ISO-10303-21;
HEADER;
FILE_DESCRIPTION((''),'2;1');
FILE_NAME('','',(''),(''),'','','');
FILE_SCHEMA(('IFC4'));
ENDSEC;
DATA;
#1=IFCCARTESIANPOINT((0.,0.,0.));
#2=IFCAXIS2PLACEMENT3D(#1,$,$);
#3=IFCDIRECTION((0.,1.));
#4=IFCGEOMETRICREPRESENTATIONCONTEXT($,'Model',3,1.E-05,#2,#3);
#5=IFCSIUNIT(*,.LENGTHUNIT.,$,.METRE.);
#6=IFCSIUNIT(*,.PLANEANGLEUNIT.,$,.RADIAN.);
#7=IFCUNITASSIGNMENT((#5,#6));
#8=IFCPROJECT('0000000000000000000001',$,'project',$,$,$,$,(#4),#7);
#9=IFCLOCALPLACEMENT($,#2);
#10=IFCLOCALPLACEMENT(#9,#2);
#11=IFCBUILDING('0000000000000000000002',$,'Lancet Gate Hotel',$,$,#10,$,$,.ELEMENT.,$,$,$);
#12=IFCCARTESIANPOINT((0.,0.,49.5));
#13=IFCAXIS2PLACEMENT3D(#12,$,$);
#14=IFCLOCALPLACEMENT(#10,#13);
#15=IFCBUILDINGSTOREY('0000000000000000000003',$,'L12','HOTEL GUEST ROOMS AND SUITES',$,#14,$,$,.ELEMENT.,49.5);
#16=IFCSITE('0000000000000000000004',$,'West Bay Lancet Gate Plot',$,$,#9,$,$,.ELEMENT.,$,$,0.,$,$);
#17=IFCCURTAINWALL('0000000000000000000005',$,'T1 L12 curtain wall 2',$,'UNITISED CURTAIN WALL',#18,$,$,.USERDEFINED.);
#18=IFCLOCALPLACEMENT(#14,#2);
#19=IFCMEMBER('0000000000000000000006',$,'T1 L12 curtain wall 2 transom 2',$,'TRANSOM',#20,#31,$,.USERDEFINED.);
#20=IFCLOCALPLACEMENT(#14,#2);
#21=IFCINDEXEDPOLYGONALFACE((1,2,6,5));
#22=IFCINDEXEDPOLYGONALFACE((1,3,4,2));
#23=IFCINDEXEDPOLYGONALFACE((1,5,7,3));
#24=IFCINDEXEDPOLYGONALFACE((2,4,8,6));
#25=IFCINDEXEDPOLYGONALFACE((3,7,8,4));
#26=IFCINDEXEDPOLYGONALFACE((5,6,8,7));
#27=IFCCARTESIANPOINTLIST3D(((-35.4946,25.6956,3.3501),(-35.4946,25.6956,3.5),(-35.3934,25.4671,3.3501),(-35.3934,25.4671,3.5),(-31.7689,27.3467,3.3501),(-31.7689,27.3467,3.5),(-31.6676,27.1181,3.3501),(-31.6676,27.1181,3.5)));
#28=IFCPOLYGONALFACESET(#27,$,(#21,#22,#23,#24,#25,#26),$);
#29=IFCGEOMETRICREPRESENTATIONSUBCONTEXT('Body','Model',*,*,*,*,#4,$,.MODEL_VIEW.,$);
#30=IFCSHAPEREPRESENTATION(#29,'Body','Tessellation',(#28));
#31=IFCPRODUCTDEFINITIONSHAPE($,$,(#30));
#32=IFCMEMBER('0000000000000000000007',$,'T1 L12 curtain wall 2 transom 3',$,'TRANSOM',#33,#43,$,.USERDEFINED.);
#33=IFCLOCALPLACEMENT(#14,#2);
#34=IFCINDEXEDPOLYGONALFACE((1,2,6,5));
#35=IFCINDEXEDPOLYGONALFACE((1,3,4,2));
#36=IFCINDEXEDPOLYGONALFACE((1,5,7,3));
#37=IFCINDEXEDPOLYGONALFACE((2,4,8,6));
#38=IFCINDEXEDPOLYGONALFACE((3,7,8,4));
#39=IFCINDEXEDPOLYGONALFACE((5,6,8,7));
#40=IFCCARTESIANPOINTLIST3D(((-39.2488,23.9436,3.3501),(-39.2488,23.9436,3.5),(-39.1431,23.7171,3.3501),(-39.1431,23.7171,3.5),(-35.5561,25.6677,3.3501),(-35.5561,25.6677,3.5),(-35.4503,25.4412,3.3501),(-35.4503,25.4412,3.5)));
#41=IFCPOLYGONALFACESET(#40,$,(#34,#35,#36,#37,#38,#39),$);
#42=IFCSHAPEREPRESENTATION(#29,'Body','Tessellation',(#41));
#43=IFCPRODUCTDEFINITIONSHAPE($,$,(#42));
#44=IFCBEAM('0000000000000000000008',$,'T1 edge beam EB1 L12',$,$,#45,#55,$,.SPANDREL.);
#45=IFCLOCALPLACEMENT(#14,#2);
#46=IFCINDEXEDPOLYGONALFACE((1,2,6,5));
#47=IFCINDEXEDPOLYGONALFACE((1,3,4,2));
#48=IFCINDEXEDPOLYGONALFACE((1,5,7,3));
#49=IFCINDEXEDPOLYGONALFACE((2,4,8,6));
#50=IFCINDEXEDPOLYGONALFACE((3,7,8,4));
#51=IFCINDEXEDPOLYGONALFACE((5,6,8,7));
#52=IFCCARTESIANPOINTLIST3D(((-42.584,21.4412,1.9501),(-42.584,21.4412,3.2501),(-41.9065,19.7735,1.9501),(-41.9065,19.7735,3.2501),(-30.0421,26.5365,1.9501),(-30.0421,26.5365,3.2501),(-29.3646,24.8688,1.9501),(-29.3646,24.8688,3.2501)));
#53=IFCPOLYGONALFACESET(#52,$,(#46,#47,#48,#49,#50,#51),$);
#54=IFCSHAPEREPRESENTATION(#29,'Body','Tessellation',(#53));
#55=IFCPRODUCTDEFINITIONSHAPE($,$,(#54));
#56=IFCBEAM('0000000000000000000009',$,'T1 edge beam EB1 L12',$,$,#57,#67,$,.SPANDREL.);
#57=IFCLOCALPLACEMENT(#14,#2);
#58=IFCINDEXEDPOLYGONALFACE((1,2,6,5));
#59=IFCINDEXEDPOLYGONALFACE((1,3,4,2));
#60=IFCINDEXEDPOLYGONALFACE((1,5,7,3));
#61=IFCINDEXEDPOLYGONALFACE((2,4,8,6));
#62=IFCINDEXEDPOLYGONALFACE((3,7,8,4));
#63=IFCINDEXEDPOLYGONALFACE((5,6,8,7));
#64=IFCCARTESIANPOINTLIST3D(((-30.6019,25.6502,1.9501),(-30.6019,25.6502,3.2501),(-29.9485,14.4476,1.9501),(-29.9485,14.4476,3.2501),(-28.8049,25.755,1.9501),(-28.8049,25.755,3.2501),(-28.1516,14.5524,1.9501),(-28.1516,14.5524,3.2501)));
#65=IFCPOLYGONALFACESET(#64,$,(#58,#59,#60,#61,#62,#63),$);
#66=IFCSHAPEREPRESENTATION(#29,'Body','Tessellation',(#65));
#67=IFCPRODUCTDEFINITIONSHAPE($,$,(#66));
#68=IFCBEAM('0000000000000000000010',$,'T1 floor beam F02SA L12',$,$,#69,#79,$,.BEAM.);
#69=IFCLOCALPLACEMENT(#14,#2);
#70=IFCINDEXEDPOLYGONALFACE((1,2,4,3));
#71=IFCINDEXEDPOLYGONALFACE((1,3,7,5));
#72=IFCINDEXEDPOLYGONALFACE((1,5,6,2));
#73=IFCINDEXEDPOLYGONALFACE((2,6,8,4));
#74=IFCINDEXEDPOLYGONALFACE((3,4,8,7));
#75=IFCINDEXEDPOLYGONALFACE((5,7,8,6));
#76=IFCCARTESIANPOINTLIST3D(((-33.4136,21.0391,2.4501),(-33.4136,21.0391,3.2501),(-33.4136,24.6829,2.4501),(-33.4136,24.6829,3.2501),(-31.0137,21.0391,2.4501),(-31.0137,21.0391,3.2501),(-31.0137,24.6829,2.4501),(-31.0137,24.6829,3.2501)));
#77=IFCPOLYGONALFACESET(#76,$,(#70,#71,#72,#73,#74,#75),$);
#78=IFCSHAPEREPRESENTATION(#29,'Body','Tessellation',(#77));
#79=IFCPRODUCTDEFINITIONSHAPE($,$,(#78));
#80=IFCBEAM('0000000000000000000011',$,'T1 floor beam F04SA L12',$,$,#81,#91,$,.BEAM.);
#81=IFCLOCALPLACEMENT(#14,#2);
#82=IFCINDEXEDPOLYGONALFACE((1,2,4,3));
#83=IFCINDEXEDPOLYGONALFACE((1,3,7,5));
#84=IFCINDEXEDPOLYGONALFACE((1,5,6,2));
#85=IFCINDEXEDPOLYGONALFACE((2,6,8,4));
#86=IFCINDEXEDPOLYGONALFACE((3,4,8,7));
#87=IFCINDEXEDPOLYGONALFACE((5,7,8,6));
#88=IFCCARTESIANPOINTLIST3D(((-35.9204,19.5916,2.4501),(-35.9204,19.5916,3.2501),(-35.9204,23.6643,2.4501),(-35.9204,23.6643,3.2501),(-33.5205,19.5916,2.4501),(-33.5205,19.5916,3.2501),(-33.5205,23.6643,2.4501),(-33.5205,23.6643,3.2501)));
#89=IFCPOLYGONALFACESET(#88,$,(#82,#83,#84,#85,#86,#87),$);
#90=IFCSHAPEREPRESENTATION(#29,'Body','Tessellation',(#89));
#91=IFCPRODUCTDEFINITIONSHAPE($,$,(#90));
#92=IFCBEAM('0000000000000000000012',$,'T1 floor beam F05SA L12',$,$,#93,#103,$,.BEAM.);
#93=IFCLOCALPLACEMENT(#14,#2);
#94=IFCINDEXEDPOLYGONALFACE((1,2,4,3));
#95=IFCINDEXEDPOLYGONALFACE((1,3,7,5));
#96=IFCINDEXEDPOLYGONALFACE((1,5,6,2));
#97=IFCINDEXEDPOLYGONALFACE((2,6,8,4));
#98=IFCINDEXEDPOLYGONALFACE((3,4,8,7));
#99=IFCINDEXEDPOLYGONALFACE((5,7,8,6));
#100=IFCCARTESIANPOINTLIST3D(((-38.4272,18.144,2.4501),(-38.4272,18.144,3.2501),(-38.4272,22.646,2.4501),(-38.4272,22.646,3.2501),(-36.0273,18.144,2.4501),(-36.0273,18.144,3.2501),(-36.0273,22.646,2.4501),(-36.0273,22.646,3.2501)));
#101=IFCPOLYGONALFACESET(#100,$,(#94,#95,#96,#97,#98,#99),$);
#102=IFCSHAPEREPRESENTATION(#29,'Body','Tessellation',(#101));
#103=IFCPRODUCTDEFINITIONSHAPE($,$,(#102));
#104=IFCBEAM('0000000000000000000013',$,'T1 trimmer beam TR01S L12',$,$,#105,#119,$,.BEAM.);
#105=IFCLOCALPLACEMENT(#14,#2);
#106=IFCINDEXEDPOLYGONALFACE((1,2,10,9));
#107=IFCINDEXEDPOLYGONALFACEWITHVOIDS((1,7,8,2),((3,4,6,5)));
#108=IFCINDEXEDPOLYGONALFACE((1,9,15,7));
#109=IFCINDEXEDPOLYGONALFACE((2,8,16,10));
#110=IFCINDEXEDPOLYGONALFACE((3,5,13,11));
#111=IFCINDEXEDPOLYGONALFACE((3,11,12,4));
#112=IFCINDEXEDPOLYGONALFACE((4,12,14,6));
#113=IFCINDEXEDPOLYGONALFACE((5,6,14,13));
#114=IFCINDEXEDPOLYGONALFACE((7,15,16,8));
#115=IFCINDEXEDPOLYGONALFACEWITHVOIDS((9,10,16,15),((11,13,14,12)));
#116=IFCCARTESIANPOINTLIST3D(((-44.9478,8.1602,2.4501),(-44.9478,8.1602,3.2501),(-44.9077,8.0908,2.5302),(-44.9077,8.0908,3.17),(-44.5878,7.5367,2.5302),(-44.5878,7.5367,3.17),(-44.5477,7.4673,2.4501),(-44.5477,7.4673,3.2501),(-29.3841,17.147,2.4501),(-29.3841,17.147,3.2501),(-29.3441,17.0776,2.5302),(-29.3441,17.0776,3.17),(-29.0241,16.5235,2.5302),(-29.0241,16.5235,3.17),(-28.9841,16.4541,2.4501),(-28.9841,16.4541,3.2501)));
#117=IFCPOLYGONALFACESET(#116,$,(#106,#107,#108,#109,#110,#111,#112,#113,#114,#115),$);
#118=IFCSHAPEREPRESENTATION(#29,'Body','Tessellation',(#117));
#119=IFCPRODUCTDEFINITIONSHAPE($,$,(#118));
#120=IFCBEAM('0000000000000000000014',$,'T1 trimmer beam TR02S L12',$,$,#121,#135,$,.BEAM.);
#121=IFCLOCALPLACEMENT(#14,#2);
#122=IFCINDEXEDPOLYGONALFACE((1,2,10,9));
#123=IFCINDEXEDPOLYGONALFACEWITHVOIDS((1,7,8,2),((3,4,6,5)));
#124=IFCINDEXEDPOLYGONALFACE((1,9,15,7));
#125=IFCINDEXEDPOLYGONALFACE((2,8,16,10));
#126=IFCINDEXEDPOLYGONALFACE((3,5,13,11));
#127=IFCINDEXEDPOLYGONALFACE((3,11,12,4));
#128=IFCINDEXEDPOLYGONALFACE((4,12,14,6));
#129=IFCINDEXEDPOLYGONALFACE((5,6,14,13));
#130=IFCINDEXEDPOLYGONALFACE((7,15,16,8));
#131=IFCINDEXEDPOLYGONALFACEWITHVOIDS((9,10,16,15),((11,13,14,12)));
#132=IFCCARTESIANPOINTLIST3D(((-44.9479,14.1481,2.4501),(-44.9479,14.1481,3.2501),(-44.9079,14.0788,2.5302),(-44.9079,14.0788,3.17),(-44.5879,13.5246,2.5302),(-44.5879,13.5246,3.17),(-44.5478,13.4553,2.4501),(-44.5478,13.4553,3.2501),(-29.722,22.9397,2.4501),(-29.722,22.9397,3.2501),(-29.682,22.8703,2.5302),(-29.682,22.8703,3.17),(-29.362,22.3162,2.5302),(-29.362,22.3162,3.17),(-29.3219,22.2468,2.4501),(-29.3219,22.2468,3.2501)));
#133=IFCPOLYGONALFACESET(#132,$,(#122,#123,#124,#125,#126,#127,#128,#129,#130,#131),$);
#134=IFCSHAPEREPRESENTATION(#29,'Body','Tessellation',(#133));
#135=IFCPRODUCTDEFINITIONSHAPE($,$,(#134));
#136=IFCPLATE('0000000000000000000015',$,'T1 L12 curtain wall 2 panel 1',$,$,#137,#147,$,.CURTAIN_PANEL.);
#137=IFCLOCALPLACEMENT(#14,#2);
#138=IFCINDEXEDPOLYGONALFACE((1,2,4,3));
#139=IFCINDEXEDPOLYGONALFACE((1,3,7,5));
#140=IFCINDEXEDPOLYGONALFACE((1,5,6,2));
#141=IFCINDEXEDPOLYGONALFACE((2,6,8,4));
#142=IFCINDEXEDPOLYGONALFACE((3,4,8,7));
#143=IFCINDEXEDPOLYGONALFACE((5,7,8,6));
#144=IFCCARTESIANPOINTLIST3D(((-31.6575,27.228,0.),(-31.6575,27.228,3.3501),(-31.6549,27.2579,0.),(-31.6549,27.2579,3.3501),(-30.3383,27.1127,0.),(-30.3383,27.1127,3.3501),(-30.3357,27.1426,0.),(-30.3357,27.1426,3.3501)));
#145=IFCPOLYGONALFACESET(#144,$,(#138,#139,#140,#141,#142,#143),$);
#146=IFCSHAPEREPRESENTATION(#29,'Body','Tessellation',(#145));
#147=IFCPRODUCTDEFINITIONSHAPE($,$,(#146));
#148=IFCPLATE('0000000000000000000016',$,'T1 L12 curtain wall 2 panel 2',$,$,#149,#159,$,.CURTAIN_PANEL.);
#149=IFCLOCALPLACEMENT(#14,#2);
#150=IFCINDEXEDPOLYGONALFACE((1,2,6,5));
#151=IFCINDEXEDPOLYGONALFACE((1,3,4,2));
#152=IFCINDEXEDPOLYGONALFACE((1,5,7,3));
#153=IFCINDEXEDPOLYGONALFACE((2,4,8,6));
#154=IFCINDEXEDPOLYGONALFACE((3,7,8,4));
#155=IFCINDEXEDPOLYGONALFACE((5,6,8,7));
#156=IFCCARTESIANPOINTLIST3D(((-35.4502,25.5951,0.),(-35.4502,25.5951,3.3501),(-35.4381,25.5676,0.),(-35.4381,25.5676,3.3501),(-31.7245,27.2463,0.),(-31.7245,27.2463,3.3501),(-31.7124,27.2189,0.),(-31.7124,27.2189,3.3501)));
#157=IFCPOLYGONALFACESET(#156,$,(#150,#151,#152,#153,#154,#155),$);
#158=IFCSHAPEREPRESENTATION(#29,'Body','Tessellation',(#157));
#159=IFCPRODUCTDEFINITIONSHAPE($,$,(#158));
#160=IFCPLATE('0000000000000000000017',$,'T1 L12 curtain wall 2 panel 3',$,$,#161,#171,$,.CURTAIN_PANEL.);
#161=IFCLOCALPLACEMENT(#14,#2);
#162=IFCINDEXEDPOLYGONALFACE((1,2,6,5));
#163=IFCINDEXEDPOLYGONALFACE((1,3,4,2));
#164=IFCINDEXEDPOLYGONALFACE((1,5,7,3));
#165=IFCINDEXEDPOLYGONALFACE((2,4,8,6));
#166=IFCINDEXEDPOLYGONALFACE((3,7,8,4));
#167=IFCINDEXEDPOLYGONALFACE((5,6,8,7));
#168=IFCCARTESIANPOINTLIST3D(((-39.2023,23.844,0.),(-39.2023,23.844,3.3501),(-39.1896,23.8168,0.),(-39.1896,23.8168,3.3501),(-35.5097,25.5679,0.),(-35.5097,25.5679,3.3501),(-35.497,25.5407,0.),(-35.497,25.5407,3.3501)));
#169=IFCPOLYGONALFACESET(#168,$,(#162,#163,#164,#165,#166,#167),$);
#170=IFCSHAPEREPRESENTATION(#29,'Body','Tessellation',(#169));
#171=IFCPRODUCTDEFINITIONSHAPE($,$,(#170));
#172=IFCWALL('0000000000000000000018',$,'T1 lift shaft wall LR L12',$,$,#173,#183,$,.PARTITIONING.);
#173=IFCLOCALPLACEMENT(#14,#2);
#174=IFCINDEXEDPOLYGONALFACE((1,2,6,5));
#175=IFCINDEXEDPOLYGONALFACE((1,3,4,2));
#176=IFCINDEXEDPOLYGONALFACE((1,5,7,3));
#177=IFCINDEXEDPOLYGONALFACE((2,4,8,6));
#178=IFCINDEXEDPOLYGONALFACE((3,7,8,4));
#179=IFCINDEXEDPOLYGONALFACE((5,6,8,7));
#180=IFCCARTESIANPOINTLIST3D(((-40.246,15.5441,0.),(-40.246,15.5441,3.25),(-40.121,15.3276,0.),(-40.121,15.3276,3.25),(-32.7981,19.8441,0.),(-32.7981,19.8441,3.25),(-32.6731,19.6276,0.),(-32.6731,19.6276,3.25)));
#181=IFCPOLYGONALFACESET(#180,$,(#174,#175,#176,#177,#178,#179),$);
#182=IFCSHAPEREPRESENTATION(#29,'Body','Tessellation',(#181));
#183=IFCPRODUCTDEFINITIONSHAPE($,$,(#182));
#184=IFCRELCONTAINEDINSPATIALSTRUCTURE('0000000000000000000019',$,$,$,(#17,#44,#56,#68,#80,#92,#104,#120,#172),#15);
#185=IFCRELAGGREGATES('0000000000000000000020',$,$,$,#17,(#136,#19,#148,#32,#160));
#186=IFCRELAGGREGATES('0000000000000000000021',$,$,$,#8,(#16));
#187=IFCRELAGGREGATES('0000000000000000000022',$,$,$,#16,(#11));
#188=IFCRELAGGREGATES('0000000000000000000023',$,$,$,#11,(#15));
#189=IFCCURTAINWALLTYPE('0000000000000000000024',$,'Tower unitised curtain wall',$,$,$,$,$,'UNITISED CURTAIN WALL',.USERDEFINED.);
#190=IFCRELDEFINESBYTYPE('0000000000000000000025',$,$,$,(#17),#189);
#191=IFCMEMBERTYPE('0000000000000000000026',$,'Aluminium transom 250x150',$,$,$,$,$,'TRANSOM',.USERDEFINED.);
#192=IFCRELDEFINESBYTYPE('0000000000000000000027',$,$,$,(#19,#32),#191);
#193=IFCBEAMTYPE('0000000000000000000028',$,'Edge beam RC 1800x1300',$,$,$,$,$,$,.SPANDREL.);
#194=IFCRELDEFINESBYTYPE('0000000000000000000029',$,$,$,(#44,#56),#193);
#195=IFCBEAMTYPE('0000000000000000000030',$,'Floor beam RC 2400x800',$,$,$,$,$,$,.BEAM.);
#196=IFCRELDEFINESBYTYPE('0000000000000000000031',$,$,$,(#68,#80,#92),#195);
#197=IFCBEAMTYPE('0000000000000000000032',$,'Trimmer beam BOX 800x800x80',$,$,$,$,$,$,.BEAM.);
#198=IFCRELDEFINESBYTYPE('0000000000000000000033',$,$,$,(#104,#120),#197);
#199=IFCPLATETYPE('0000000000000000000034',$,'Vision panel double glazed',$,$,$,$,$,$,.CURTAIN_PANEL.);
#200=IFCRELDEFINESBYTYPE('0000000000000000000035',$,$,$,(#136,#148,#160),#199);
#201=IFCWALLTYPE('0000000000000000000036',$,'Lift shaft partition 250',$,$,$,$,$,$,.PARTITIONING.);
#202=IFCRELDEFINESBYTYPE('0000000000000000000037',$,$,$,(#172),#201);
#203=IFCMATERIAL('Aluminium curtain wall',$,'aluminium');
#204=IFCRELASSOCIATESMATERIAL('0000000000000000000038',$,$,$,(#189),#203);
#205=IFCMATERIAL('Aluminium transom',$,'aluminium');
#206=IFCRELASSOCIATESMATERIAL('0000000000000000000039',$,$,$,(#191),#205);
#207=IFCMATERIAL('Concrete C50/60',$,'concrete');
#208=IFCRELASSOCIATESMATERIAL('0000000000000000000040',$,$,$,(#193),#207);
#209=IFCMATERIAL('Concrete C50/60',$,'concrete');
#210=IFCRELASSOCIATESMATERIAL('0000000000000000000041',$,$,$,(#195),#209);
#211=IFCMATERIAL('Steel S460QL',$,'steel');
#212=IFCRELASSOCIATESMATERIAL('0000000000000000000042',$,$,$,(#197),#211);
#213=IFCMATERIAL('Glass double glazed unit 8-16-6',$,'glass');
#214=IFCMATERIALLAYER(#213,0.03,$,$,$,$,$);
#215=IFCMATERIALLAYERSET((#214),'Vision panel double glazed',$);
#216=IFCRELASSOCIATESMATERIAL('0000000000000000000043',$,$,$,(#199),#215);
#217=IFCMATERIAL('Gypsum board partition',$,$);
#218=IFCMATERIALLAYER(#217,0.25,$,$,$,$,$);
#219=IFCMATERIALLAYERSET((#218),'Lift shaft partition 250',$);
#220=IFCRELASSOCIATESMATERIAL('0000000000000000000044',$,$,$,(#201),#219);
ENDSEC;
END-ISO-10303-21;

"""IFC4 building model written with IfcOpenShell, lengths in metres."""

from ifc_helpers import new_model, si_unit, direction, frame, frame_2d, origin, origin_2d, place, context, subcontext, project, spatial, rectangle, hollow_rectangle, extrude, material, layer, layer_set, material_profile, profile_set, type_object, element, aggregate, save


model = new_model("IFC4")

# Units and contexts
model_context = context("Model", 3, precision=1e-05, world=origin(), true_north=direction((0.0, 1.0)))
body_context = subcontext(model_context, "Body", "Model", "MODEL_VIEW")
ifc_project = project(units=[si_unit("LENGTHUNIT", "METRE"), si_unit("PLANEANGLEUNIT", "RADIAN")], contexts=[model_context])

# Site, building, storey
site_placement = place(None, origin())
site = spatial("IfcSite", under=ifc_project, at=site_placement, Name="West Bay Lancet Gate Plot", CompositionType="ELEMENT", RefElevation=0.0)
building_placement = place(site_placement, origin())
building = spatial("IfcBuilding", under=site, at=building_placement, Name="Lancet Gate Hotel", CompositionType="ELEMENT")
storey_placement = place(building_placement, frame((0.0, 0.0, 49.5)))
storey = spatial("IfcBuildingStorey", under=building, at=storey_placement, Name="L12", Description="HOTEL GUEST ROOMS AND SUITES", CompositionType="ELEMENT", Elevation=49.5)

# Curtain wall, members
ifc_material_1 = material(Name="Aluminium curtain wall", Category="aluminium")
curtain_wall_type = type_object("IfcCurtainWallType", Name="Tower unitised curtain wall", ElementType="UNITISED CURTAIN WALL", PredefinedType="USERDEFINED", material=ifc_material_1)
curtain_wall_placement = place(storey_placement, origin())
curtain_wall = element("IfcCurtainWall", 1, at=curtain_wall_placement, inside=storey, type_object=curtain_wall_type, Name="T1 L12 curtain wall 2", ObjectType="UNITISED CURTAIN WALL", PredefinedType="USERDEFINED")
ifc_material_2 = material(Name="Aluminium transom", Category="aluminium")
ifc_material_profile_1 = material_profile(ifc_material_2, rectangle(XDim=0.25, YDim=0.1499, at=origin_2d()), Name="TRANSOM 250x150")
ifc_profile_set_1 = profile_set([ifc_material_profile_1], Name="Aluminium transom")
member_type_1 = type_object("IfcMemberType", Name="Aluminium transom 250x150", ElementType="TRANSOM", PredefinedType="USERDEFINED", material=ifc_profile_set_1)
member_1_placement = place(storey_placement, frame((-31.7183, 27.2324, 3.425), z_axis=(-0.914248, -0.405154, 0.0), x_axis=(0.405154, -0.914248, 0.0)))
member_1 = element("IfcMember", 2, at=member_1_placement, type_object=member_type_1, Name="T1 L12 curtain wall 2 transom 2", ObjectType="TRANSOM", PredefinedType="USERDEFINED", context=body_context, shape_type="SweptSolid", body=[
    extrude(rectangle(XDim=0.25, YDim=0.1499, at=origin_2d()), origin(), (0.0, 0.0, 1.0), 4.0752),
])
member_2_placement = place(storey_placement, frame((-35.5032, 25.5544, 3.425), z_axis=(-0.90611, -0.423043, 0.0), x_axis=(0.423043, -0.90611, 0.0)))
member_2 = element("IfcMember", 3, at=member_2_placement, type_object=member_type_1, Name="T1 L12 curtain wall 2 transom 3", ObjectType="TRANSOM", PredefinedType="USERDEFINED", context=body_context, shape_type="SweptSolid", body=[
    extrude(rectangle(XDim=0.25, YDim=0.1499, at=origin_2d()), origin(), (0.0, 0.0, 1.0), 4.0754),
])

# Beams
ifc_material_3 = material(Name="Concrete C50/60", Category="concrete")
ifc_material_profile_2 = material_profile(ifc_material_3, rectangle(XDim=1.8, YDim=1.3, at=origin_2d()), Name="RC 1800x1300")
ifc_profile_set_2 = profile_set([ifc_material_profile_2], Name="Concrete C50/60")
beam_type_1 = type_object("IfcBeamType", Name="Edge beam RC 1800x1300", PredefinedType="SPANDREL", material=ifc_profile_set_2)
beam_1_placement = place(storey_placement, frame((-29.7034, 25.7026, 2.6001), z_axis=(-0.926463, -0.376385, 0.0), x_axis=(0.376385, -0.926463, 0.0)))
element("IfcBeam", 4, at=beam_1_placement, inside=storey, type_object=beam_type_1, Name="T1 edge beam EB1 L12", PredefinedType="SPANDREL", context=body_context, shape_type="SweptSolid", body=[
    extrude(rectangle(XDim=1.8, YDim=1.3, at=origin_2d()), origin(), (0.0, 0.0, 1.0), 13.5374),
])
beam_2_placement = place(storey_placement, frame((-29.7034, 25.7026, 2.6001), z_axis=(0.05822, -0.998304, 0.0), x_axis=(0.998304, 0.05822, 0.0)))
element("IfcBeam", 5, at=beam_2_placement, inside=storey, type_object=beam_type_1, Name="T1 edge beam EB1 L12", PredefinedType="SPANDREL", context=body_context, shape_type="SweptSolid", body=[
    extrude(rectangle(XDim=1.8, YDim=1.3, at=origin_2d()), origin(), (0.0, 0.0, 1.0), 11.2217),
])
ifc_material_4 = material(Name="Concrete C50/60", Category="concrete")
ifc_material_profile_3 = material_profile(ifc_material_4, rectangle(XDim=2.3999, YDim=0.8, at=origin_2d()), Name="RC 2400x800")
ifc_profile_set_3 = profile_set([ifc_material_profile_3], Name="Concrete C50/60")
beam_type_2 = type_object("IfcBeamType", Name="Floor beam RC 2400x800", PredefinedType="BEAM", material=ifc_profile_set_3)
beam_3_placement = place(storey_placement, frame((-32.2136, 24.6829, 2.8501), z_axis=(0.0, -1.0, 0.0), x_axis=(1.0, 0.0, 0.0)))
element("IfcBeam", 6, at=beam_3_placement, inside=storey, type_object=beam_type_2, Name="T1 floor beam F02SA L12", PredefinedType="BEAM", context=body_context, shape_type="SweptSolid", body=[
    extrude(rectangle(XDim=2.3999, YDim=0.8, at=origin_2d()), origin(), (0.0, 0.0, 1.0), 3.6438),
])
beam_4_placement = place(storey_placement, frame((-34.7205, 23.6643, 2.8501), z_axis=(0.0, -1.0, 0.0), x_axis=(1.0, 0.0, 0.0)))
element("IfcBeam", 7, at=beam_4_placement, inside=storey, type_object=beam_type_2, Name="T1 floor beam F04SA L12", PredefinedType="BEAM", context=body_context, shape_type="SweptSolid", body=[
    extrude(rectangle(XDim=2.3999, YDim=0.8, at=origin_2d()), origin(), (0.0, 0.0, 1.0), 4.0728),
])
beam_5_placement = place(storey_placement, frame((-37.2273, 22.646, 2.8501), z_axis=(0.0, -1.0, 0.0), x_axis=(1.0, 0.0, 0.0)))
element("IfcBeam", 8, at=beam_5_placement, inside=storey, type_object=beam_type_2, Name="T1 floor beam F05SA L12", PredefinedType="BEAM", context=body_context, shape_type="SweptSolid", body=[
    extrude(rectangle(XDim=2.3999, YDim=0.8, at=origin_2d()), origin(), (0.0, 0.0, 1.0), 4.502),
])
ifc_material_5 = material(Name="Steel S460QL", Category="steel")
ifc_material_profile_4 = material_profile(ifc_material_5, hollow_rectangle(XDim=0.8, YDim=0.8, WallThickness=0.0801, at=origin_2d()), Name="BOX 800x800x80")
ifc_profile_set_4 = profile_set([ifc_material_profile_4], Name="Steel S460QL")
beam_type_3 = type_object("IfcBeamType", Name="Trimmer beam BOX 800x800x80", PredefinedType="BEAM", material=ifc_profile_set_4)
beam_6_placement = place(storey_placement, frame((-29.1841, 16.8005, 2.8501), z_axis=(-0.865999, -0.500046, 0.0), x_axis=(0.500046, -0.865999, 0.0)))
element("IfcBeam", 9, at=beam_6_placement, inside=storey, type_object=beam_type_3, Name="T1 trimmer beam TR01S L12", PredefinedType="BEAM", context=body_context, shape_type="SweptSolid", body=[
    extrude(hollow_rectangle(XDim=0.8, YDim=0.8, WallThickness=0.0801, at=origin_2d()), origin(), (0.0, 0.0, 1.0), 17.9719),
])
beam_7_placement = place(storey_placement, frame((-29.522, 22.5933, 2.8501), z_axis=(-0.866004, -0.500037, 0.0), x_axis=(0.500037, -0.866004, 0.0)))
element("IfcBeam", 10, at=beam_7_placement, inside=storey, type_object=beam_type_3, Name="T1 trimmer beam TR02S L12", PredefinedType="BEAM", context=body_context, shape_type="SweptSolid", body=[
    extrude(hollow_rectangle(XDim=0.8, YDim=0.8, WallThickness=0.0801, at=origin_2d()), origin(), (0.0, 0.0, 1.0), 17.5818),
])

# Plates
ifc_material_6 = material(Name="Glass double glazed unit 8-16-6", Category="glass")
ifc_layer_1 = layer(ifc_material_6, 0.03)
ifc_layer_set_1 = layer_set([ifc_layer_1], Name="Vision panel double glazed")
plate_type = type_object("IfcPlateType", Name="Vision panel double glazed", PredefinedType="CURTAIN_PANEL", material=ifc_layer_set_1)
plate_1_placement = place(storey_placement, frame((-30.9966, 27.1853, 0.0), z_axis=(0.0, 0.0, 1.0), x_axis=(-0.996204, 0.087052, 0.0)))
plate_1 = element("IfcPlate", 11, at=plate_1_placement, type_object=plate_type, Name="T1 L12 curtain wall 2 panel 1", PredefinedType="CURTAIN_PANEL", context=body_context, shape_type="SweptSolid", body=[
    extrude(rectangle(XDim=1.3242, YDim=0.03, at=origin_2d()), origin(), (0.0, 0.0, 1.0), 3.3501),
])
plate_2_placement = place(storey_placement, frame((-33.5813, 26.407, 0.0), z_axis=(0.0, 0.0, 1.0), x_axis=(-0.914234, -0.405186, 0.0)))
plate_2 = element("IfcPlate", 12, at=plate_2_placement, type_object=plate_type, Name="T1 L12 curtain wall 2 panel 2", PredefinedType="CURTAIN_PANEL", context=body_context, shape_type="SweptSolid", body=[
    extrude(rectangle(XDim=4.0752, YDim=0.03, at=origin_2d()), origin(), (0.0, 0.0, 1.0), 3.3501),
])
plate_3_placement = place(storey_placement, frame((-37.3496, 24.6924, 0.0), z_axis=(0.0, 0.0, 1.0), x_axis=(-0.906118, -0.423026, 0.0)))
plate_3 = element("IfcPlate", 13, at=plate_3_placement, type_object=plate_type, Name="T1 L12 curtain wall 2 panel 3", PredefinedType="CURTAIN_PANEL", context=body_context, shape_type="SweptSolid", body=[
    extrude(rectangle(XDim=4.0752, YDim=0.03, at=origin_2d()), origin(), (0.0, 0.0, 1.0), 3.3501),
])
aggregate(curtain_wall, [plate_1, member_1, plate_2, member_2, plate_3])

# Wall
ifc_material_7 = material(Name="Gypsum board partition")
ifc_layer_2 = layer(ifc_material_7, 0.25)
ifc_layer_set_2 = layer_set([ifc_layer_2], Name="Lift shaft partition 250")
wall_type = type_object("IfcWallType", Name="Lift shaft partition 250", PredefinedType="PARTITIONING", material=ifc_layer_set_2)
wall_placement = place(storey_placement, frame((-32.7356, 19.7358, 0.0), z_axis=(0.0, 0.0, 1.0), x_axis=(-0.866028, -0.499995, 0.0)))
element("IfcWall", 14, at=wall_placement, inside=storey, type_object=wall_type, Name="T1 lift shaft wall LR L12", PredefinedType="PARTITIONING", context=body_context, shape_type="SweptSolid", body=[
    extrude(rectangle(XDim=8.6001, YDim=0.25, at=frame_2d((4.3, 0.0))), origin(), (0.0, 0.0, 1.0), 3.25),
])

save(model, "model.ifc")
